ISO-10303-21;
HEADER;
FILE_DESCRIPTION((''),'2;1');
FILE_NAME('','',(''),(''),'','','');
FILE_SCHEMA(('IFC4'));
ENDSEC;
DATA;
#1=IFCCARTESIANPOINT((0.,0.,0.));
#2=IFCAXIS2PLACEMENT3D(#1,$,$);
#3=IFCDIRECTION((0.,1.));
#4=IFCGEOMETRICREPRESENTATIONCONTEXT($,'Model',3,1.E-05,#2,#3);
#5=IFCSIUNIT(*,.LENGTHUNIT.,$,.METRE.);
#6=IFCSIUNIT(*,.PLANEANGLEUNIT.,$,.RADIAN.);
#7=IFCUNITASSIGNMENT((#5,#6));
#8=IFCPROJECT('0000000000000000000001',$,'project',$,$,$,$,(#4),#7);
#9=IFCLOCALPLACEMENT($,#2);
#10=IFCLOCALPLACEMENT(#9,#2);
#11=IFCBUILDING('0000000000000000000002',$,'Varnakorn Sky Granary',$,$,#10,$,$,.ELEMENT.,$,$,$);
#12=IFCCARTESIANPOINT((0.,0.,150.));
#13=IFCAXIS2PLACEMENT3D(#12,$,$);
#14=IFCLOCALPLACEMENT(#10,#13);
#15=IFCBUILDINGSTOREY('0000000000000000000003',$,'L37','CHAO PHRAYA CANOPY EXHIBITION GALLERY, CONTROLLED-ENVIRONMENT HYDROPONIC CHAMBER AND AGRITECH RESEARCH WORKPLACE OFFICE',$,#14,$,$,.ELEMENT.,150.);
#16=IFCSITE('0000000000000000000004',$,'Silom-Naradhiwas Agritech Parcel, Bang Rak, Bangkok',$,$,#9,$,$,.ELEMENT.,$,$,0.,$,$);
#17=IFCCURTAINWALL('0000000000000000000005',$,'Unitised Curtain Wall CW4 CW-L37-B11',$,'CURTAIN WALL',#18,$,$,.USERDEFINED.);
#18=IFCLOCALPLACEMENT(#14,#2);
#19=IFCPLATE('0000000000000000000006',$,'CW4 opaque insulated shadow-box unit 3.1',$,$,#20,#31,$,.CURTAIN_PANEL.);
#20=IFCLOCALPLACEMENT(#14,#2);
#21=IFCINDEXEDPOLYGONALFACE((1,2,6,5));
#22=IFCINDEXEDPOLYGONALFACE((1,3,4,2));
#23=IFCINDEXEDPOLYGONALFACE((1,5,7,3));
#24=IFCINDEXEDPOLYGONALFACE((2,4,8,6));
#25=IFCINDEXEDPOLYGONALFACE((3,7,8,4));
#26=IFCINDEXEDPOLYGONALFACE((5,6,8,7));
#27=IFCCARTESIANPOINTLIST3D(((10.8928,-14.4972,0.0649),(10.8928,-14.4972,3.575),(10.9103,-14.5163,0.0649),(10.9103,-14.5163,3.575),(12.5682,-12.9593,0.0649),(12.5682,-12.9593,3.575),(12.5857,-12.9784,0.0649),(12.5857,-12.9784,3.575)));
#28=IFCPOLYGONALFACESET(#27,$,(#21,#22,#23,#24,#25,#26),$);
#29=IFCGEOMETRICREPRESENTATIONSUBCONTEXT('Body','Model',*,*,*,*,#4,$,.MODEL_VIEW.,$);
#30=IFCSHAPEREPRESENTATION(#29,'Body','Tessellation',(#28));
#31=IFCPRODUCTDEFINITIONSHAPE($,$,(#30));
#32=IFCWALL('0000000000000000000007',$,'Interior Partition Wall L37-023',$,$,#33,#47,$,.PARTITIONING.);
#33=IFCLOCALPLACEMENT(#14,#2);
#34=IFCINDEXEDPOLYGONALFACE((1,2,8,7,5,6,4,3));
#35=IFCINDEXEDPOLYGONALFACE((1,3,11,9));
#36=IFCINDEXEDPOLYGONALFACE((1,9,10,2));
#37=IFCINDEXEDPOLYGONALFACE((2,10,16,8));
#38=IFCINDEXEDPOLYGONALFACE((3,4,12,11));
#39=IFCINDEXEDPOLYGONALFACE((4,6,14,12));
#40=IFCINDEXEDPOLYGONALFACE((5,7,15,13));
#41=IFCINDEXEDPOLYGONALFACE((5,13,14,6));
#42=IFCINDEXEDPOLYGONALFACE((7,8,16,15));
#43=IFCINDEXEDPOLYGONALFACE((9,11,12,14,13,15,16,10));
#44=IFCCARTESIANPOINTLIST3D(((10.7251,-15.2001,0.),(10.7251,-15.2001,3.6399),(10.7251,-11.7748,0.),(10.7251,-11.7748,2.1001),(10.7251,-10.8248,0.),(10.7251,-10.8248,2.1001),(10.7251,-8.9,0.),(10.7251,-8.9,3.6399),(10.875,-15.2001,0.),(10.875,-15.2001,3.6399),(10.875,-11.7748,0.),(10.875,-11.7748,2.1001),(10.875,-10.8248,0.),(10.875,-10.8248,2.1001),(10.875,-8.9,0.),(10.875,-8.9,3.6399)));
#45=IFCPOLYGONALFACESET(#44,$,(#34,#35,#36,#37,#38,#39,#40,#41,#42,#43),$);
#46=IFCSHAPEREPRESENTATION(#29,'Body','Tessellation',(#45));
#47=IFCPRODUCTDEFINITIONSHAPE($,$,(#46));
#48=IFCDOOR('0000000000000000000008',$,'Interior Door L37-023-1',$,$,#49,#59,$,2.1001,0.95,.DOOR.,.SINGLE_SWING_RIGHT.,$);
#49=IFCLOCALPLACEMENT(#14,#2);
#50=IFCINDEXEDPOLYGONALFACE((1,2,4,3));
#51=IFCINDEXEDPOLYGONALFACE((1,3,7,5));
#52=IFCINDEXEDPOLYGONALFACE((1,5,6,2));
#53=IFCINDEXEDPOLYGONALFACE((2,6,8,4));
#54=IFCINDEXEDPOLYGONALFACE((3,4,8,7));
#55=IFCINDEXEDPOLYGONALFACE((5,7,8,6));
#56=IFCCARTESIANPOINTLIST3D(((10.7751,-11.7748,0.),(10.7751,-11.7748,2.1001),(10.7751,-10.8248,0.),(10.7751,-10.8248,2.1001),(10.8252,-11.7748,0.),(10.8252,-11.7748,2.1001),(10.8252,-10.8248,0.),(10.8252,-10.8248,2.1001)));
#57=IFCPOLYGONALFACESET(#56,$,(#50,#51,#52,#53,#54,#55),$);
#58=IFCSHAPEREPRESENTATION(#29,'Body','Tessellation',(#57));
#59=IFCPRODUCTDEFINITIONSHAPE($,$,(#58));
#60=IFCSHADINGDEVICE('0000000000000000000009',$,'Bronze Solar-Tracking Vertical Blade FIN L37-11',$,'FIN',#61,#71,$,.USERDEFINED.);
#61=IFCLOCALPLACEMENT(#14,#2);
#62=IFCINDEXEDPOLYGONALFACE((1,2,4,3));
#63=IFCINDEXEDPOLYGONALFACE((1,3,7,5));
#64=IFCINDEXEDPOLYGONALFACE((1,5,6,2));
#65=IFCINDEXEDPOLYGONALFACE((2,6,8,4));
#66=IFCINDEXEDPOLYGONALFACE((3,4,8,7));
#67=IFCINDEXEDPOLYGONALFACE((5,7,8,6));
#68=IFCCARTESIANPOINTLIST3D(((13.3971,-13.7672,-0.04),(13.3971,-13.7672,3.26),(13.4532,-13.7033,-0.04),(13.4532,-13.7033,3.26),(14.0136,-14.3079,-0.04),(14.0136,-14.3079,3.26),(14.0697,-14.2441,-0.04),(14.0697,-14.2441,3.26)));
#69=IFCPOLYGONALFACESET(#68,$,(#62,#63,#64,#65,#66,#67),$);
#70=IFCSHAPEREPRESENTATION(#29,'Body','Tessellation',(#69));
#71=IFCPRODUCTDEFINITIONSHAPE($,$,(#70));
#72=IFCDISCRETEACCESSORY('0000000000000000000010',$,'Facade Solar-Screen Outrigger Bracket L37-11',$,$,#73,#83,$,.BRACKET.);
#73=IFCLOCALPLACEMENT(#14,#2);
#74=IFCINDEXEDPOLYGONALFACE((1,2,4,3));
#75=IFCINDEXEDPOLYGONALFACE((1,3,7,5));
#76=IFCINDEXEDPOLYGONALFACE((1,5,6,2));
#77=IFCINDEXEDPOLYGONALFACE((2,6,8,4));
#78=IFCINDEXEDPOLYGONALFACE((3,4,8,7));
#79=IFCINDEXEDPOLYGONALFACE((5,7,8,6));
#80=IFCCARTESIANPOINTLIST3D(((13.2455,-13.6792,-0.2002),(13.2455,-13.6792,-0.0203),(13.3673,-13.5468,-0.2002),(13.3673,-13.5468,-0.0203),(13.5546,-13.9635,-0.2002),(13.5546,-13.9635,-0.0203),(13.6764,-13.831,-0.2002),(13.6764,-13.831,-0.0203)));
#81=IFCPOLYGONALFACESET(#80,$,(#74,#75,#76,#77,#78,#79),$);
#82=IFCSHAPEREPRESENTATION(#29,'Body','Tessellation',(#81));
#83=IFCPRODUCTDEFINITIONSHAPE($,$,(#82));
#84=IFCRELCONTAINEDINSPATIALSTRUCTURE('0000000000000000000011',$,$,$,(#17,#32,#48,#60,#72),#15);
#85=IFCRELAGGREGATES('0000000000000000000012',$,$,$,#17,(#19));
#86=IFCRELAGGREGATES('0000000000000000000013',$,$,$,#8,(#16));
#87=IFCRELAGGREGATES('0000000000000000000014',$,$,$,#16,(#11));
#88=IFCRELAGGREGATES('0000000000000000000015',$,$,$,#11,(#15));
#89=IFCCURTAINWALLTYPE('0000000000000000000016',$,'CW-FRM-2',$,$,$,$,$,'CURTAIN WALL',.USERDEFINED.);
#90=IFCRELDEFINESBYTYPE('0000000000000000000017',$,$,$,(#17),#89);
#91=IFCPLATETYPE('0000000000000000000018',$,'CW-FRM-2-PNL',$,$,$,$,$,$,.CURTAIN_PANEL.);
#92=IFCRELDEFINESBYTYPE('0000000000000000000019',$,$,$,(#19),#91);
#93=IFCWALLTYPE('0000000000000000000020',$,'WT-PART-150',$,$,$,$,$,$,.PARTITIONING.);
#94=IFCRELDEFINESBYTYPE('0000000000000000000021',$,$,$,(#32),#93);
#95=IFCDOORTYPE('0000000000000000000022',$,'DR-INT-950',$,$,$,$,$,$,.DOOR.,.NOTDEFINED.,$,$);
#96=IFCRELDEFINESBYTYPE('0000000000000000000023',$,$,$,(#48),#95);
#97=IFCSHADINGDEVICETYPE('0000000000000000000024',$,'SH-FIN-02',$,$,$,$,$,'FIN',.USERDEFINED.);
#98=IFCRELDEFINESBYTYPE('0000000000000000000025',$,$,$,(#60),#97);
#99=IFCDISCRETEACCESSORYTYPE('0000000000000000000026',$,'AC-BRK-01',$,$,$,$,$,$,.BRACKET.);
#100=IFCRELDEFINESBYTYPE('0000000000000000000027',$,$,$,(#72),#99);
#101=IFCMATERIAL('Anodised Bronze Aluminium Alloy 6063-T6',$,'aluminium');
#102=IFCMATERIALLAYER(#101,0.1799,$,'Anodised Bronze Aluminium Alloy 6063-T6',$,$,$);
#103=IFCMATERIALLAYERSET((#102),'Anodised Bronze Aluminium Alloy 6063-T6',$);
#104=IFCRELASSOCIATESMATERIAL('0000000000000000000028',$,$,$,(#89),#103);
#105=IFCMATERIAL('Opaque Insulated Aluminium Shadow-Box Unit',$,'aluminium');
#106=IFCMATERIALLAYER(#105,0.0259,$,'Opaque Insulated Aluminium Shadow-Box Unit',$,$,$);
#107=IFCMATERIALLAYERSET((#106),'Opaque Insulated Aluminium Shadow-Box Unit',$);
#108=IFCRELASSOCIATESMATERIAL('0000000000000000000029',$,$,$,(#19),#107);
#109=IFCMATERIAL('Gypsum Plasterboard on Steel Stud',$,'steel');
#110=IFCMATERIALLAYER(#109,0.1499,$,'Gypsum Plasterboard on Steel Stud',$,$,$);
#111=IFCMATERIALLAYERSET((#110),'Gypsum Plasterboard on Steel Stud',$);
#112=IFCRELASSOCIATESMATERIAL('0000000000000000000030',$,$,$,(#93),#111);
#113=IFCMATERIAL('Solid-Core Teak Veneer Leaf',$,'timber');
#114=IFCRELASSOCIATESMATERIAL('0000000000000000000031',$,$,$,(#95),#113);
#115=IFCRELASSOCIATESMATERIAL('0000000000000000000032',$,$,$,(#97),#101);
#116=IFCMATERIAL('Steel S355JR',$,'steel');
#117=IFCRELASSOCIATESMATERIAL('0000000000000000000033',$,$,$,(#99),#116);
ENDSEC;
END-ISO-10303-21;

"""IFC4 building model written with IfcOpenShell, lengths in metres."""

from ifc_helpers import new_model, si_unit, direction, frame, frame_2d, origin, origin_2d, place, context, subcontext, project, spatial, rectangle, extrude, source, transform, mapped, material, layer, layer_set, type_object, type_shapes, element, fill, aggregate, save


model = new_model("IFC4")

# Units and contexts
model_context = context("Model", 3, precision=1e-05, world=origin(), true_north=direction((0.0, 1.0)))
body_context = subcontext(model_context, "Body", "Model", "MODEL_VIEW")
ifc_project = project(units=[si_unit("LENGTHUNIT", "METRE"), si_unit("PLANEANGLEUNIT", "RADIAN")], contexts=[model_context])

# Site, building, storey
site_placement = place(None, origin())
site = spatial("IfcSite", under=ifc_project, at=site_placement, Name="Silom-Naradhiwas Agritech Parcel, Bang Rak, Bangkok", CompositionType="ELEMENT", RefElevation=0.0)
building_placement = place(site_placement, origin())
building = spatial("IfcBuilding", under=site, at=building_placement, Name="Varnakorn Sky Granary", CompositionType="ELEMENT")
storey_placement = place(building_placement, frame((0.0, 0.0, 150.0)))
storey = spatial("IfcBuildingStorey", under=building, at=storey_placement, Name="L37", Description="CHAO PHRAYA CANOPY EXHIBITION GALLERY, CONTROLLED-ENVIRONMENT HYDROPONIC CHAMBER AND AGRITECH RESEARCH WORKPLACE OFFICE", CompositionType="ELEMENT", Elevation=150.0)

# Shared definitions
ifc_material_1 = material(Name="Steel S355JR", Category="steel")

# Curtain wall
ifc_material_2 = material(Name="Anodised Bronze Aluminium Alloy 6063-T6", Category="aluminium")
ifc_layer_1 = layer(ifc_material_2, 0.1799, Name="Anodised Bronze Aluminium Alloy 6063-T6")
ifc_layer_set_1 = layer_set([ifc_layer_1], Name="Anodised Bronze Aluminium Alloy 6063-T6")
curtain_wall_type = type_object("IfcCurtainWallType", Name="CW-FRM-2", ElementType="CURTAIN WALL", PredefinedType="USERDEFINED", material=ifc_layer_set_1)
curtain_wall_placement = place(storey_placement, origin())
curtain_wall = element("IfcCurtainWall", 1, at=curtain_wall_placement, inside=storey, type_object=curtain_wall_type, Name="Unitised Curtain Wall CW4 CW-L37-B11", ObjectType="CURTAIN WALL", PredefinedType="USERDEFINED")

# Plate
plate_type = type_object("IfcPlateType", Name="CW-FRM-2-PNL", PredefinedType="CURTAIN_PANEL")
ifc_material_3 = material(Name="Opaque Insulated Aluminium Shadow-Box Unit", Category="aluminium")
ifc_layer_2 = layer(ifc_material_3, 0.0259, Name="Opaque Insulated Aluminium Shadow-Box Unit")
ifc_layer_set_2 = layer_set([ifc_layer_2], Name="Opaque Insulated Aluminium Shadow-Box Unit")
shared_shape_1 = source(origin(), body_context, "Body", "SweptSolid", [
    extrude(rectangle(XDim=2.2742, YDim=0.0259, at=origin_2d()), origin(), (0.0, 0.0, 1.0), 3.51),
])
plate_1_placement = place(storey_placement, frame((11.7393, -13.7378, 0.0649), z_axis=(0.0, 0.0, 1.0), x_axis=(-0.736694, -0.676226, 0.0)))
plate_1 = element("IfcPlate", 2, at=plate_1_placement, type_object=plate_type, material=ifc_layer_set_2, Name="CW4 opaque insulated shadow-box unit 3.1", PredefinedType="CURTAIN_PANEL", context=body_context, shape_type="MappedRepresentation", body=[
    mapped(shared_shape_1, transform((0.0, 0.0, 0.0), x_axis=(1.0, 0.0, 0.0), y_axis=(0.0, 1.0, 0.0), z_axis=(0.0, 0.0, 1.0), scale=1.0)),
])
aggregate(curtain_wall, [plate_1])

# Wall, opening, door
ifc_material_4 = material(Name="Gypsum Plasterboard on Steel Stud", Category="steel")
ifc_layer_3 = layer(ifc_material_4, 0.1499, Name="Gypsum Plasterboard on Steel Stud")
ifc_layer_set_3 = layer_set([ifc_layer_3], Name="Gypsum Plasterboard on Steel Stud")
wall_type = type_object("IfcWallType", Name="WT-PART-150", PredefinedType="PARTITIONING", material=ifc_layer_set_3)
wall_1_placement = place(storey_placement, frame((10.8, -15.2, 0.0), z_axis=(0.0, 0.0, 1.0), x_axis=(0.0, 1.0, 0.0)))
wall_1 = element("IfcWall", 3, at=wall_1_placement, inside=storey, type_object=wall_type, Name="Interior Partition Wall L37-023", PredefinedType="PARTITIONING", context=body_context, shape_type="SweptSolid", body=[
    extrude(rectangle(XDim=6.3, YDim=0.1499, at=frame_2d((3.1499, 0.0))), origin(), (0.0, 0.0, 1.0), 3.6399),
])
opening_placement = place(wall_1_placement, frame((3.425, 0.0, 0.0)))
opening = element("IfcOpeningElement", 4, at=opening_placement, cuts=wall_1, PredefinedType="OPENING", context=body_context, shape_type="SweptSolid", body=[
    extrude(rectangle(XDim=0.95, YDim=2.1001, at=frame_2d((0.4751, 1.05))), frame((0.0, 0.085, 0.0), z_axis=(0.0, -1.0, 0.0), x_axis=(1.0, 0.0, 0.0)), (0.0, 0.0, 1.0), 0.1699),
])
ifc_material_5 = material(Name="Solid-Core Teak Veneer Leaf", Category="timber")
door_type = type_object("IfcDoorType", Name="DR-INT-950", OperationType="NOTDEFINED", PredefinedType="DOOR", material=ifc_material_5)
door_placement = place(opening_placement, origin())
door = element("IfcDoor", 5, at=door_placement, inside=storey, type_object=door_type, Name="Interior Door L37-023-1", OperationType="SINGLE_SWING_RIGHT", OverallHeight=2.1001, OverallWidth=0.95, PredefinedType="DOOR", context=body_context, shape_type="SweptSolid", body=[
    extrude(rectangle(XDim=0.95, YDim=2.1001, at=frame_2d((0.4751, 1.05))), frame((0.0, 0.0249, 0.0), z_axis=(0.0, -1.0, 0.0), x_axis=(1.0, 0.0, 0.0)), (0.0, 0.0, 1.0), 0.05),
])
fill(opening, door)

# Shading device
shading_device_type = type_object("IfcShadingDeviceType", Name="SH-FIN-02", ElementType="FIN", PredefinedType="USERDEFINED", material=ifc_material_2)
shared_shape_2 = source(origin(), body_context, "Body", "SweptSolid", [
    extrude(rectangle(XDim=0.085, YDim=0.8201, at=origin_2d()), origin(), (0.0, 0.0, 1.0), 3.3),
])
type_shapes(shading_device_type, [shared_shape_2])
shading_device_placement = place(storey_placement, frame((13.7334, -14.0056, -0.04), z_axis=(0.0, 0.0, 1.0), x_axis=(0.659404, 0.751788, 0.0)))
element("IfcShadingDevice", 6, at=shading_device_placement, inside=storey, type_object=shading_device_type, Name="Bronze Solar-Tracking Vertical Blade FIN L37-11", ObjectType="FIN", PredefinedType="USERDEFINED", context=body_context, shape_type="MappedRepresentation", body=[
    mapped(shared_shape_2, transform((0.0, 0.0, 0.0), x_axis=(1.0, 0.0, 0.0), y_axis=(0.0, 1.0, 0.0), z_axis=(0.0, 0.0, 1.0), scale=1.0)),
])

# Discrete accessory
discrete_accessory_type = type_object("IfcDiscreteAccessoryType", Name="AC-BRK-01", PredefinedType="BRACKET", material=ifc_material_1)
shared_shape_3 = source(origin(), body_context, "Body", "SweptSolid", [
    extrude(rectangle(XDim=0.1799, YDim=0.4199, at=origin_2d()), origin(), (0.0, 0.0, 1.0), 0.1799),
])
type_shapes(discrete_accessory_type, [shared_shape_3])
discrete_accessory_placement = place(storey_placement, frame((13.4609, -13.7551, -0.2002), z_axis=(0.0, 0.0, 1.0), x_axis=(0.676821, 0.736148, 0.0)))
element("IfcDiscreteAccessory", 7, at=discrete_accessory_placement, inside=storey, type_object=discrete_accessory_type, Name="Facade Solar-Screen Outrigger Bracket L37-11", PredefinedType="BRACKET", context=body_context, shape_type="MappedRepresentation", body=[
    mapped(shared_shape_3, transform((0.0, 0.0, 0.0), x_axis=(1.0, 0.0, 0.0), y_axis=(0.0, 1.0, 0.0), z_axis=(0.0, 0.0, 1.0), scale=1.0)),
])

save(model, "model.ifc")
